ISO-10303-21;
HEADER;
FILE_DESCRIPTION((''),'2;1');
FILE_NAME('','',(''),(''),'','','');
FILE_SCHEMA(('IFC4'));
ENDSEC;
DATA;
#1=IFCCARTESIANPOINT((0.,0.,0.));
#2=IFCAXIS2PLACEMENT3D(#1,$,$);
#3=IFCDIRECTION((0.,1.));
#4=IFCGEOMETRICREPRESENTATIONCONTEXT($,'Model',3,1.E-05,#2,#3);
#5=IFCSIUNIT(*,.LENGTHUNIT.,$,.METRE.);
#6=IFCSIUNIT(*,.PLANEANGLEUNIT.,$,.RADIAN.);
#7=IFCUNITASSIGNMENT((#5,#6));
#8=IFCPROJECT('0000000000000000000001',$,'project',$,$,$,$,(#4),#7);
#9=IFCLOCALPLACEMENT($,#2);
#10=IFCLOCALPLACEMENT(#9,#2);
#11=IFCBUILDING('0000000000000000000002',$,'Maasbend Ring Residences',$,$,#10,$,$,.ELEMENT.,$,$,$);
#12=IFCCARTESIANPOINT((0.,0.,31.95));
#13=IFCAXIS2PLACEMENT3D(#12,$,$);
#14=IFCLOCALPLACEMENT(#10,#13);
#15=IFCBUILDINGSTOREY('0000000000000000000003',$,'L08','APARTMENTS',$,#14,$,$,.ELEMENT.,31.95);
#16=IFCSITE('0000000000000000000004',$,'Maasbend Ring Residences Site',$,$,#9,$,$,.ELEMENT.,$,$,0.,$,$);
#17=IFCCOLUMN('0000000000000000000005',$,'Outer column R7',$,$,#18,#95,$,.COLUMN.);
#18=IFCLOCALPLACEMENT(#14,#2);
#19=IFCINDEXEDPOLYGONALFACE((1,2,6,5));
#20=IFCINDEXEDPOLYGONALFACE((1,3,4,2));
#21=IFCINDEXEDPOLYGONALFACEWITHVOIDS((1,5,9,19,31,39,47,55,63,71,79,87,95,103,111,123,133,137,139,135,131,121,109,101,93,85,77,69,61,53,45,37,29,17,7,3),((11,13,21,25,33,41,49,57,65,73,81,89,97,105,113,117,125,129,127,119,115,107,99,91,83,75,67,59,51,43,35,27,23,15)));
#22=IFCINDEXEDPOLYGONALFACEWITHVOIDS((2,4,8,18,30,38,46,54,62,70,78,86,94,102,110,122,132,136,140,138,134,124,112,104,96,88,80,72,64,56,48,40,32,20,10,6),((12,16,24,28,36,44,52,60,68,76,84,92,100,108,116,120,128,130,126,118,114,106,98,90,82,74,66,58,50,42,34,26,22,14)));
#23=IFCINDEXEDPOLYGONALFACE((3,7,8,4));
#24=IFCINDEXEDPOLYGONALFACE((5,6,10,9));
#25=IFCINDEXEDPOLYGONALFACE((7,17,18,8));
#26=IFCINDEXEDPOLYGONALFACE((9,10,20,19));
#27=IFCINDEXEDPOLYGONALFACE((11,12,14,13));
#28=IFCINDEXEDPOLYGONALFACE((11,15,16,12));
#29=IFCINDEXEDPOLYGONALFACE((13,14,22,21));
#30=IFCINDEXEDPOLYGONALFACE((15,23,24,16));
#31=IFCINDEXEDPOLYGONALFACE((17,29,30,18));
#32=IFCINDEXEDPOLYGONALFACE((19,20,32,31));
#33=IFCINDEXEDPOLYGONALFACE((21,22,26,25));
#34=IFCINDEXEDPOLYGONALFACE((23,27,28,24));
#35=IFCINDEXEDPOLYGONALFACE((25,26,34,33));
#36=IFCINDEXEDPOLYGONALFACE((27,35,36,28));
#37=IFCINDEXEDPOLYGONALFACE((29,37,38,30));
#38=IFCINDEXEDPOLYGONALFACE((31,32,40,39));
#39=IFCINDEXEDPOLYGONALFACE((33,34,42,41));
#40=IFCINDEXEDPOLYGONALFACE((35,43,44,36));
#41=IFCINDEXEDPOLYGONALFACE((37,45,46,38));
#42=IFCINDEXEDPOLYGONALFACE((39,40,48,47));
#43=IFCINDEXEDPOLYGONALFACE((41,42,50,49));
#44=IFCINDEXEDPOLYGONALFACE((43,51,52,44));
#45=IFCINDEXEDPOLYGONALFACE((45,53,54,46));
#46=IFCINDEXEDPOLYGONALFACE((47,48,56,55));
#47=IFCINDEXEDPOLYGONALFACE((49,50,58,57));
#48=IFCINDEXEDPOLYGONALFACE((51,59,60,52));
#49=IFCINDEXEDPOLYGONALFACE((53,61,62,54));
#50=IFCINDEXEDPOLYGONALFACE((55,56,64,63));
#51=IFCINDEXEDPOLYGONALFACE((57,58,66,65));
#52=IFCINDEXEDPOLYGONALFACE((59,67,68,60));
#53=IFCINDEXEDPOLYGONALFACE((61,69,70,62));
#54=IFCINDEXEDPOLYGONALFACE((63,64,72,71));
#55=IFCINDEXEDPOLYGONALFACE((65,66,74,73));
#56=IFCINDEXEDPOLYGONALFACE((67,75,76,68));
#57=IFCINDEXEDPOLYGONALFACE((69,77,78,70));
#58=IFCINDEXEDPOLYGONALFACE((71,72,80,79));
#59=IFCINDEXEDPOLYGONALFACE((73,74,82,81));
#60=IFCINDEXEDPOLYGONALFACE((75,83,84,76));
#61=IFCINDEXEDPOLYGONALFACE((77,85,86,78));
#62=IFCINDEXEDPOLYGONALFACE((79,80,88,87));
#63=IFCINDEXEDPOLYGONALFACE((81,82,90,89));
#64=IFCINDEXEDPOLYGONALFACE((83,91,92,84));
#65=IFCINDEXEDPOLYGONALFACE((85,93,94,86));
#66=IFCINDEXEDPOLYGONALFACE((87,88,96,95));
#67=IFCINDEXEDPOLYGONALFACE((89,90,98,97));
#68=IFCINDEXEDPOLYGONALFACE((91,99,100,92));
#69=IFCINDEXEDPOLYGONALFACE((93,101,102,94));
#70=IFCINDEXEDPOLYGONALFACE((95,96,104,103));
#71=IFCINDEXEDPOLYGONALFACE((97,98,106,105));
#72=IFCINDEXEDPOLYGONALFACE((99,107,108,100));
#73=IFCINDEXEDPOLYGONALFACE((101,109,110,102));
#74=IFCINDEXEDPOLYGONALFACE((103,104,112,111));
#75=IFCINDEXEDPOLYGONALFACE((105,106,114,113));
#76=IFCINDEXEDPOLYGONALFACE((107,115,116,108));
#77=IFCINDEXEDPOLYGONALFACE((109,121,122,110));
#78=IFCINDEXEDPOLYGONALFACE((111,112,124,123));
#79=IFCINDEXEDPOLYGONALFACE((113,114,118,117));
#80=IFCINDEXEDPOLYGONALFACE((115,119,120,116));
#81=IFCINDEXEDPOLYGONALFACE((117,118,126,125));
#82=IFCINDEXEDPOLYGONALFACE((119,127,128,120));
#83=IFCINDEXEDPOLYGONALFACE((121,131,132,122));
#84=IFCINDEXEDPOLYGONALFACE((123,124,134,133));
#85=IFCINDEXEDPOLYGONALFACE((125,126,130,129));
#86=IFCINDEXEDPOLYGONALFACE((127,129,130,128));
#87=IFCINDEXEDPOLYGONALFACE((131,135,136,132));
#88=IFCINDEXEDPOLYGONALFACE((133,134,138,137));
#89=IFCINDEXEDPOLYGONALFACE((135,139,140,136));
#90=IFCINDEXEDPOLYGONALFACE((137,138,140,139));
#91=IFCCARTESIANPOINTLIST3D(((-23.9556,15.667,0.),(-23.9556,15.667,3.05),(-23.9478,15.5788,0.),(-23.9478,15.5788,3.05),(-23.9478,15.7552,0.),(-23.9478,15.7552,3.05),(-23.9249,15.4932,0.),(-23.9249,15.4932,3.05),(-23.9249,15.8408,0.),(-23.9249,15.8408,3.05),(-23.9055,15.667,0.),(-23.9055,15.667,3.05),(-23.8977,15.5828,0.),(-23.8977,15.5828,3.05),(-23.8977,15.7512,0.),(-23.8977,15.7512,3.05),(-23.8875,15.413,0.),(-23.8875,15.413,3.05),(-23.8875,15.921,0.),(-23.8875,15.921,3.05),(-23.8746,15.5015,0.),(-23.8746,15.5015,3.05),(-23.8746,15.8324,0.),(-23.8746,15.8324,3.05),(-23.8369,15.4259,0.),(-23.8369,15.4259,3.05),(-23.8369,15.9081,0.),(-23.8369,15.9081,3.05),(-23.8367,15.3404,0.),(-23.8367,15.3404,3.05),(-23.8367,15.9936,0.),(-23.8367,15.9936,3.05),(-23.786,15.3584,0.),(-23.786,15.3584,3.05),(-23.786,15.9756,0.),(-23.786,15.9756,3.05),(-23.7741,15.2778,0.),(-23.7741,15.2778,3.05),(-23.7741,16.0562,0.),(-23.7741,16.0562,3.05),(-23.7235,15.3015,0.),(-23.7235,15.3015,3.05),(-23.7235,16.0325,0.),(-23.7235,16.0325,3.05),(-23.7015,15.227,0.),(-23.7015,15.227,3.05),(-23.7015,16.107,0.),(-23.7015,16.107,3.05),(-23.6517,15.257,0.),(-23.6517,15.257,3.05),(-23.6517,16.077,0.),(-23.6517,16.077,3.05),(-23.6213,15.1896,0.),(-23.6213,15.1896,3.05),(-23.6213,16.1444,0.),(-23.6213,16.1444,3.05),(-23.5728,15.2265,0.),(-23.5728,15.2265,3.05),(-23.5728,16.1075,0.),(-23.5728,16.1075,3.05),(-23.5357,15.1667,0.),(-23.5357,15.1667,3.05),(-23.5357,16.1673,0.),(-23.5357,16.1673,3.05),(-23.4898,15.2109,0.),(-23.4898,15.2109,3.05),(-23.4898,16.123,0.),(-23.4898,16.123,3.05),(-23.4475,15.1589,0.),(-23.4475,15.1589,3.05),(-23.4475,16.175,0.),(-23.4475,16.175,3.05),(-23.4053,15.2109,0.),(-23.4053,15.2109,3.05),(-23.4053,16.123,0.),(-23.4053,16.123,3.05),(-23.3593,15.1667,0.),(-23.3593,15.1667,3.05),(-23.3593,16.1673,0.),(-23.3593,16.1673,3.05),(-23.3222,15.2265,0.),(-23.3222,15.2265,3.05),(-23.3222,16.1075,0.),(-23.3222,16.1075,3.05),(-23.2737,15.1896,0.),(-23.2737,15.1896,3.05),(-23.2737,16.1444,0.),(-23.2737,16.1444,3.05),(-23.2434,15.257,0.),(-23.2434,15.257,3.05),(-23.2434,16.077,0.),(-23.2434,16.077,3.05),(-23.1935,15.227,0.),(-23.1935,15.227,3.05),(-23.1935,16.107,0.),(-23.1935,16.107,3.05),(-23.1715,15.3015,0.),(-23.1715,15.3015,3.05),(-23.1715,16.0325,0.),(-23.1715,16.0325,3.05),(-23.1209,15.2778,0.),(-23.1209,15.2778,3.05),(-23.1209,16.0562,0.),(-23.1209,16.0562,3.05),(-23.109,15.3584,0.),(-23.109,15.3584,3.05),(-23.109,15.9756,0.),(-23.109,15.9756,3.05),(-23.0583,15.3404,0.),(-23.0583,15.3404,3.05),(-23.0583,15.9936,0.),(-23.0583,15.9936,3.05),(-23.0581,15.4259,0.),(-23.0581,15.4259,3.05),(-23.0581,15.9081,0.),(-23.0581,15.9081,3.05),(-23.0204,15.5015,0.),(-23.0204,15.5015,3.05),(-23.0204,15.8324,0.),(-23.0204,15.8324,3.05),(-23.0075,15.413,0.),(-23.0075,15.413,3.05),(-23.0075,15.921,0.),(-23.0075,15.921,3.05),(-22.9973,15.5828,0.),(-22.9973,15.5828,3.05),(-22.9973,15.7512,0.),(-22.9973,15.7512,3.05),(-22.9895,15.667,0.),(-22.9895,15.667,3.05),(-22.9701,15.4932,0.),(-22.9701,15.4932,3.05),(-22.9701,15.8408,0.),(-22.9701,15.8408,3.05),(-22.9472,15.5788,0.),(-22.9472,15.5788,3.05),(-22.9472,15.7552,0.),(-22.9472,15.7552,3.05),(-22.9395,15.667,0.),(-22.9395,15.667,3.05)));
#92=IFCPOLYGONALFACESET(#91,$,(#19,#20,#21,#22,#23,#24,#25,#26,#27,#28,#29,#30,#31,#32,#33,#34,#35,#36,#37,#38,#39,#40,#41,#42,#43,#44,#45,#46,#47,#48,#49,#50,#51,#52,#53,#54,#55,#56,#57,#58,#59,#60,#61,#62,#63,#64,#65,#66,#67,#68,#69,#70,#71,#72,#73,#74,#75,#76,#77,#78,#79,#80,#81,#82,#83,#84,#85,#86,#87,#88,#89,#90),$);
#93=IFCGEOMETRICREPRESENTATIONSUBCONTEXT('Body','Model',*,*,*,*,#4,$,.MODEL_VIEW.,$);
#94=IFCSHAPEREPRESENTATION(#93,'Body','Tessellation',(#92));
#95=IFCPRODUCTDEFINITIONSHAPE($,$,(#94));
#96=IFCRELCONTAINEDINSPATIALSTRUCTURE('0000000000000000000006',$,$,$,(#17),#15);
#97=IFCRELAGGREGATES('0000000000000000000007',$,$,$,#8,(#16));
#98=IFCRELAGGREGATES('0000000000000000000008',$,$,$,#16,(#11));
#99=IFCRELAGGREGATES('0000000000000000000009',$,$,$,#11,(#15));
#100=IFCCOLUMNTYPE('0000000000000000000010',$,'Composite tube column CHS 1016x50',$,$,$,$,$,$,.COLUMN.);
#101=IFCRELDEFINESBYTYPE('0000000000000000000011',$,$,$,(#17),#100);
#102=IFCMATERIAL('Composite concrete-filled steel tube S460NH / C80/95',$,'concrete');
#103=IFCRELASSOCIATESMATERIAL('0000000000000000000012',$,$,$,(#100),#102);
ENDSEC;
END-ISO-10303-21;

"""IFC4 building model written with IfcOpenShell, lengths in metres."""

from ifc_helpers import new_model, si_unit, direction, frame, origin, origin_2d, place, context, subcontext, project, spatial, hollow_circle, extrude, material, material_profile, profile_set, type_object, element, save


model = new_model("IFC4")

# Units and contexts
model_context = context("Model", 3, precision=1e-05, world=origin(), true_north=direction((0.0, 1.0)))
body_context = subcontext(model_context, "Body", "Model", "MODEL_VIEW")
ifc_project = project(units=[si_unit("LENGTHUNIT", "METRE"), si_unit("PLANEANGLEUNIT", "RADIAN")], contexts=[model_context])

# Site, building, storey
site_placement = place(None, origin())
site = spatial("IfcSite", under=ifc_project, at=site_placement, Name="Maasbend Ring Residences Site", CompositionType="ELEMENT", RefElevation=0.0)
building_placement = place(site_placement, origin())
building = spatial("IfcBuilding", under=site, at=building_placement, Name="Maasbend Ring Residences", CompositionType="ELEMENT")
storey_placement = place(building_placement, frame((0.0, 0.0, 31.95)))
storey = spatial("IfcBuildingStorey", under=building, at=storey_placement, Name="L08", Description="APARTMENTS", CompositionType="ELEMENT", Elevation=31.95)

# Column
ifc_material_1 = material(Name="Composite concrete-filled steel tube S460NH / C80/95", Category="concrete")
ifc_material_profile = material_profile(ifc_material_1, hollow_circle(Radius=0.5081, WallThickness=0.05, at=origin_2d()), Name="Composite tube column CHS 1016x50")
ifc_profile_set = profile_set([ifc_material_profile], Name="Composite concrete-filled steel tube S460NH / C80/95")
column_type = type_object("IfcColumnType", Name="Composite tube column CHS 1016x50", PredefinedType="COLUMN", material=ifc_profile_set)
column_placement = place(storey_placement, frame((-23.4475, 15.667, 0.0), z_axis=(0.0, 0.0, 1.0), x_axis=(1.0, 0.0, 0.0)))
element("IfcColumn", 1, at=column_placement, inside=storey, type_object=column_type, Name="Outer column R7", PredefinedType="COLUMN", context=body_context, shape_type="SweptSolid", body=[
    extrude(hollow_circle(Radius=0.5081, WallThickness=0.05, at=origin_2d()), origin(), (0.0, 0.0, 1.0), 3.05),
])

save(model, "model.ifc")
